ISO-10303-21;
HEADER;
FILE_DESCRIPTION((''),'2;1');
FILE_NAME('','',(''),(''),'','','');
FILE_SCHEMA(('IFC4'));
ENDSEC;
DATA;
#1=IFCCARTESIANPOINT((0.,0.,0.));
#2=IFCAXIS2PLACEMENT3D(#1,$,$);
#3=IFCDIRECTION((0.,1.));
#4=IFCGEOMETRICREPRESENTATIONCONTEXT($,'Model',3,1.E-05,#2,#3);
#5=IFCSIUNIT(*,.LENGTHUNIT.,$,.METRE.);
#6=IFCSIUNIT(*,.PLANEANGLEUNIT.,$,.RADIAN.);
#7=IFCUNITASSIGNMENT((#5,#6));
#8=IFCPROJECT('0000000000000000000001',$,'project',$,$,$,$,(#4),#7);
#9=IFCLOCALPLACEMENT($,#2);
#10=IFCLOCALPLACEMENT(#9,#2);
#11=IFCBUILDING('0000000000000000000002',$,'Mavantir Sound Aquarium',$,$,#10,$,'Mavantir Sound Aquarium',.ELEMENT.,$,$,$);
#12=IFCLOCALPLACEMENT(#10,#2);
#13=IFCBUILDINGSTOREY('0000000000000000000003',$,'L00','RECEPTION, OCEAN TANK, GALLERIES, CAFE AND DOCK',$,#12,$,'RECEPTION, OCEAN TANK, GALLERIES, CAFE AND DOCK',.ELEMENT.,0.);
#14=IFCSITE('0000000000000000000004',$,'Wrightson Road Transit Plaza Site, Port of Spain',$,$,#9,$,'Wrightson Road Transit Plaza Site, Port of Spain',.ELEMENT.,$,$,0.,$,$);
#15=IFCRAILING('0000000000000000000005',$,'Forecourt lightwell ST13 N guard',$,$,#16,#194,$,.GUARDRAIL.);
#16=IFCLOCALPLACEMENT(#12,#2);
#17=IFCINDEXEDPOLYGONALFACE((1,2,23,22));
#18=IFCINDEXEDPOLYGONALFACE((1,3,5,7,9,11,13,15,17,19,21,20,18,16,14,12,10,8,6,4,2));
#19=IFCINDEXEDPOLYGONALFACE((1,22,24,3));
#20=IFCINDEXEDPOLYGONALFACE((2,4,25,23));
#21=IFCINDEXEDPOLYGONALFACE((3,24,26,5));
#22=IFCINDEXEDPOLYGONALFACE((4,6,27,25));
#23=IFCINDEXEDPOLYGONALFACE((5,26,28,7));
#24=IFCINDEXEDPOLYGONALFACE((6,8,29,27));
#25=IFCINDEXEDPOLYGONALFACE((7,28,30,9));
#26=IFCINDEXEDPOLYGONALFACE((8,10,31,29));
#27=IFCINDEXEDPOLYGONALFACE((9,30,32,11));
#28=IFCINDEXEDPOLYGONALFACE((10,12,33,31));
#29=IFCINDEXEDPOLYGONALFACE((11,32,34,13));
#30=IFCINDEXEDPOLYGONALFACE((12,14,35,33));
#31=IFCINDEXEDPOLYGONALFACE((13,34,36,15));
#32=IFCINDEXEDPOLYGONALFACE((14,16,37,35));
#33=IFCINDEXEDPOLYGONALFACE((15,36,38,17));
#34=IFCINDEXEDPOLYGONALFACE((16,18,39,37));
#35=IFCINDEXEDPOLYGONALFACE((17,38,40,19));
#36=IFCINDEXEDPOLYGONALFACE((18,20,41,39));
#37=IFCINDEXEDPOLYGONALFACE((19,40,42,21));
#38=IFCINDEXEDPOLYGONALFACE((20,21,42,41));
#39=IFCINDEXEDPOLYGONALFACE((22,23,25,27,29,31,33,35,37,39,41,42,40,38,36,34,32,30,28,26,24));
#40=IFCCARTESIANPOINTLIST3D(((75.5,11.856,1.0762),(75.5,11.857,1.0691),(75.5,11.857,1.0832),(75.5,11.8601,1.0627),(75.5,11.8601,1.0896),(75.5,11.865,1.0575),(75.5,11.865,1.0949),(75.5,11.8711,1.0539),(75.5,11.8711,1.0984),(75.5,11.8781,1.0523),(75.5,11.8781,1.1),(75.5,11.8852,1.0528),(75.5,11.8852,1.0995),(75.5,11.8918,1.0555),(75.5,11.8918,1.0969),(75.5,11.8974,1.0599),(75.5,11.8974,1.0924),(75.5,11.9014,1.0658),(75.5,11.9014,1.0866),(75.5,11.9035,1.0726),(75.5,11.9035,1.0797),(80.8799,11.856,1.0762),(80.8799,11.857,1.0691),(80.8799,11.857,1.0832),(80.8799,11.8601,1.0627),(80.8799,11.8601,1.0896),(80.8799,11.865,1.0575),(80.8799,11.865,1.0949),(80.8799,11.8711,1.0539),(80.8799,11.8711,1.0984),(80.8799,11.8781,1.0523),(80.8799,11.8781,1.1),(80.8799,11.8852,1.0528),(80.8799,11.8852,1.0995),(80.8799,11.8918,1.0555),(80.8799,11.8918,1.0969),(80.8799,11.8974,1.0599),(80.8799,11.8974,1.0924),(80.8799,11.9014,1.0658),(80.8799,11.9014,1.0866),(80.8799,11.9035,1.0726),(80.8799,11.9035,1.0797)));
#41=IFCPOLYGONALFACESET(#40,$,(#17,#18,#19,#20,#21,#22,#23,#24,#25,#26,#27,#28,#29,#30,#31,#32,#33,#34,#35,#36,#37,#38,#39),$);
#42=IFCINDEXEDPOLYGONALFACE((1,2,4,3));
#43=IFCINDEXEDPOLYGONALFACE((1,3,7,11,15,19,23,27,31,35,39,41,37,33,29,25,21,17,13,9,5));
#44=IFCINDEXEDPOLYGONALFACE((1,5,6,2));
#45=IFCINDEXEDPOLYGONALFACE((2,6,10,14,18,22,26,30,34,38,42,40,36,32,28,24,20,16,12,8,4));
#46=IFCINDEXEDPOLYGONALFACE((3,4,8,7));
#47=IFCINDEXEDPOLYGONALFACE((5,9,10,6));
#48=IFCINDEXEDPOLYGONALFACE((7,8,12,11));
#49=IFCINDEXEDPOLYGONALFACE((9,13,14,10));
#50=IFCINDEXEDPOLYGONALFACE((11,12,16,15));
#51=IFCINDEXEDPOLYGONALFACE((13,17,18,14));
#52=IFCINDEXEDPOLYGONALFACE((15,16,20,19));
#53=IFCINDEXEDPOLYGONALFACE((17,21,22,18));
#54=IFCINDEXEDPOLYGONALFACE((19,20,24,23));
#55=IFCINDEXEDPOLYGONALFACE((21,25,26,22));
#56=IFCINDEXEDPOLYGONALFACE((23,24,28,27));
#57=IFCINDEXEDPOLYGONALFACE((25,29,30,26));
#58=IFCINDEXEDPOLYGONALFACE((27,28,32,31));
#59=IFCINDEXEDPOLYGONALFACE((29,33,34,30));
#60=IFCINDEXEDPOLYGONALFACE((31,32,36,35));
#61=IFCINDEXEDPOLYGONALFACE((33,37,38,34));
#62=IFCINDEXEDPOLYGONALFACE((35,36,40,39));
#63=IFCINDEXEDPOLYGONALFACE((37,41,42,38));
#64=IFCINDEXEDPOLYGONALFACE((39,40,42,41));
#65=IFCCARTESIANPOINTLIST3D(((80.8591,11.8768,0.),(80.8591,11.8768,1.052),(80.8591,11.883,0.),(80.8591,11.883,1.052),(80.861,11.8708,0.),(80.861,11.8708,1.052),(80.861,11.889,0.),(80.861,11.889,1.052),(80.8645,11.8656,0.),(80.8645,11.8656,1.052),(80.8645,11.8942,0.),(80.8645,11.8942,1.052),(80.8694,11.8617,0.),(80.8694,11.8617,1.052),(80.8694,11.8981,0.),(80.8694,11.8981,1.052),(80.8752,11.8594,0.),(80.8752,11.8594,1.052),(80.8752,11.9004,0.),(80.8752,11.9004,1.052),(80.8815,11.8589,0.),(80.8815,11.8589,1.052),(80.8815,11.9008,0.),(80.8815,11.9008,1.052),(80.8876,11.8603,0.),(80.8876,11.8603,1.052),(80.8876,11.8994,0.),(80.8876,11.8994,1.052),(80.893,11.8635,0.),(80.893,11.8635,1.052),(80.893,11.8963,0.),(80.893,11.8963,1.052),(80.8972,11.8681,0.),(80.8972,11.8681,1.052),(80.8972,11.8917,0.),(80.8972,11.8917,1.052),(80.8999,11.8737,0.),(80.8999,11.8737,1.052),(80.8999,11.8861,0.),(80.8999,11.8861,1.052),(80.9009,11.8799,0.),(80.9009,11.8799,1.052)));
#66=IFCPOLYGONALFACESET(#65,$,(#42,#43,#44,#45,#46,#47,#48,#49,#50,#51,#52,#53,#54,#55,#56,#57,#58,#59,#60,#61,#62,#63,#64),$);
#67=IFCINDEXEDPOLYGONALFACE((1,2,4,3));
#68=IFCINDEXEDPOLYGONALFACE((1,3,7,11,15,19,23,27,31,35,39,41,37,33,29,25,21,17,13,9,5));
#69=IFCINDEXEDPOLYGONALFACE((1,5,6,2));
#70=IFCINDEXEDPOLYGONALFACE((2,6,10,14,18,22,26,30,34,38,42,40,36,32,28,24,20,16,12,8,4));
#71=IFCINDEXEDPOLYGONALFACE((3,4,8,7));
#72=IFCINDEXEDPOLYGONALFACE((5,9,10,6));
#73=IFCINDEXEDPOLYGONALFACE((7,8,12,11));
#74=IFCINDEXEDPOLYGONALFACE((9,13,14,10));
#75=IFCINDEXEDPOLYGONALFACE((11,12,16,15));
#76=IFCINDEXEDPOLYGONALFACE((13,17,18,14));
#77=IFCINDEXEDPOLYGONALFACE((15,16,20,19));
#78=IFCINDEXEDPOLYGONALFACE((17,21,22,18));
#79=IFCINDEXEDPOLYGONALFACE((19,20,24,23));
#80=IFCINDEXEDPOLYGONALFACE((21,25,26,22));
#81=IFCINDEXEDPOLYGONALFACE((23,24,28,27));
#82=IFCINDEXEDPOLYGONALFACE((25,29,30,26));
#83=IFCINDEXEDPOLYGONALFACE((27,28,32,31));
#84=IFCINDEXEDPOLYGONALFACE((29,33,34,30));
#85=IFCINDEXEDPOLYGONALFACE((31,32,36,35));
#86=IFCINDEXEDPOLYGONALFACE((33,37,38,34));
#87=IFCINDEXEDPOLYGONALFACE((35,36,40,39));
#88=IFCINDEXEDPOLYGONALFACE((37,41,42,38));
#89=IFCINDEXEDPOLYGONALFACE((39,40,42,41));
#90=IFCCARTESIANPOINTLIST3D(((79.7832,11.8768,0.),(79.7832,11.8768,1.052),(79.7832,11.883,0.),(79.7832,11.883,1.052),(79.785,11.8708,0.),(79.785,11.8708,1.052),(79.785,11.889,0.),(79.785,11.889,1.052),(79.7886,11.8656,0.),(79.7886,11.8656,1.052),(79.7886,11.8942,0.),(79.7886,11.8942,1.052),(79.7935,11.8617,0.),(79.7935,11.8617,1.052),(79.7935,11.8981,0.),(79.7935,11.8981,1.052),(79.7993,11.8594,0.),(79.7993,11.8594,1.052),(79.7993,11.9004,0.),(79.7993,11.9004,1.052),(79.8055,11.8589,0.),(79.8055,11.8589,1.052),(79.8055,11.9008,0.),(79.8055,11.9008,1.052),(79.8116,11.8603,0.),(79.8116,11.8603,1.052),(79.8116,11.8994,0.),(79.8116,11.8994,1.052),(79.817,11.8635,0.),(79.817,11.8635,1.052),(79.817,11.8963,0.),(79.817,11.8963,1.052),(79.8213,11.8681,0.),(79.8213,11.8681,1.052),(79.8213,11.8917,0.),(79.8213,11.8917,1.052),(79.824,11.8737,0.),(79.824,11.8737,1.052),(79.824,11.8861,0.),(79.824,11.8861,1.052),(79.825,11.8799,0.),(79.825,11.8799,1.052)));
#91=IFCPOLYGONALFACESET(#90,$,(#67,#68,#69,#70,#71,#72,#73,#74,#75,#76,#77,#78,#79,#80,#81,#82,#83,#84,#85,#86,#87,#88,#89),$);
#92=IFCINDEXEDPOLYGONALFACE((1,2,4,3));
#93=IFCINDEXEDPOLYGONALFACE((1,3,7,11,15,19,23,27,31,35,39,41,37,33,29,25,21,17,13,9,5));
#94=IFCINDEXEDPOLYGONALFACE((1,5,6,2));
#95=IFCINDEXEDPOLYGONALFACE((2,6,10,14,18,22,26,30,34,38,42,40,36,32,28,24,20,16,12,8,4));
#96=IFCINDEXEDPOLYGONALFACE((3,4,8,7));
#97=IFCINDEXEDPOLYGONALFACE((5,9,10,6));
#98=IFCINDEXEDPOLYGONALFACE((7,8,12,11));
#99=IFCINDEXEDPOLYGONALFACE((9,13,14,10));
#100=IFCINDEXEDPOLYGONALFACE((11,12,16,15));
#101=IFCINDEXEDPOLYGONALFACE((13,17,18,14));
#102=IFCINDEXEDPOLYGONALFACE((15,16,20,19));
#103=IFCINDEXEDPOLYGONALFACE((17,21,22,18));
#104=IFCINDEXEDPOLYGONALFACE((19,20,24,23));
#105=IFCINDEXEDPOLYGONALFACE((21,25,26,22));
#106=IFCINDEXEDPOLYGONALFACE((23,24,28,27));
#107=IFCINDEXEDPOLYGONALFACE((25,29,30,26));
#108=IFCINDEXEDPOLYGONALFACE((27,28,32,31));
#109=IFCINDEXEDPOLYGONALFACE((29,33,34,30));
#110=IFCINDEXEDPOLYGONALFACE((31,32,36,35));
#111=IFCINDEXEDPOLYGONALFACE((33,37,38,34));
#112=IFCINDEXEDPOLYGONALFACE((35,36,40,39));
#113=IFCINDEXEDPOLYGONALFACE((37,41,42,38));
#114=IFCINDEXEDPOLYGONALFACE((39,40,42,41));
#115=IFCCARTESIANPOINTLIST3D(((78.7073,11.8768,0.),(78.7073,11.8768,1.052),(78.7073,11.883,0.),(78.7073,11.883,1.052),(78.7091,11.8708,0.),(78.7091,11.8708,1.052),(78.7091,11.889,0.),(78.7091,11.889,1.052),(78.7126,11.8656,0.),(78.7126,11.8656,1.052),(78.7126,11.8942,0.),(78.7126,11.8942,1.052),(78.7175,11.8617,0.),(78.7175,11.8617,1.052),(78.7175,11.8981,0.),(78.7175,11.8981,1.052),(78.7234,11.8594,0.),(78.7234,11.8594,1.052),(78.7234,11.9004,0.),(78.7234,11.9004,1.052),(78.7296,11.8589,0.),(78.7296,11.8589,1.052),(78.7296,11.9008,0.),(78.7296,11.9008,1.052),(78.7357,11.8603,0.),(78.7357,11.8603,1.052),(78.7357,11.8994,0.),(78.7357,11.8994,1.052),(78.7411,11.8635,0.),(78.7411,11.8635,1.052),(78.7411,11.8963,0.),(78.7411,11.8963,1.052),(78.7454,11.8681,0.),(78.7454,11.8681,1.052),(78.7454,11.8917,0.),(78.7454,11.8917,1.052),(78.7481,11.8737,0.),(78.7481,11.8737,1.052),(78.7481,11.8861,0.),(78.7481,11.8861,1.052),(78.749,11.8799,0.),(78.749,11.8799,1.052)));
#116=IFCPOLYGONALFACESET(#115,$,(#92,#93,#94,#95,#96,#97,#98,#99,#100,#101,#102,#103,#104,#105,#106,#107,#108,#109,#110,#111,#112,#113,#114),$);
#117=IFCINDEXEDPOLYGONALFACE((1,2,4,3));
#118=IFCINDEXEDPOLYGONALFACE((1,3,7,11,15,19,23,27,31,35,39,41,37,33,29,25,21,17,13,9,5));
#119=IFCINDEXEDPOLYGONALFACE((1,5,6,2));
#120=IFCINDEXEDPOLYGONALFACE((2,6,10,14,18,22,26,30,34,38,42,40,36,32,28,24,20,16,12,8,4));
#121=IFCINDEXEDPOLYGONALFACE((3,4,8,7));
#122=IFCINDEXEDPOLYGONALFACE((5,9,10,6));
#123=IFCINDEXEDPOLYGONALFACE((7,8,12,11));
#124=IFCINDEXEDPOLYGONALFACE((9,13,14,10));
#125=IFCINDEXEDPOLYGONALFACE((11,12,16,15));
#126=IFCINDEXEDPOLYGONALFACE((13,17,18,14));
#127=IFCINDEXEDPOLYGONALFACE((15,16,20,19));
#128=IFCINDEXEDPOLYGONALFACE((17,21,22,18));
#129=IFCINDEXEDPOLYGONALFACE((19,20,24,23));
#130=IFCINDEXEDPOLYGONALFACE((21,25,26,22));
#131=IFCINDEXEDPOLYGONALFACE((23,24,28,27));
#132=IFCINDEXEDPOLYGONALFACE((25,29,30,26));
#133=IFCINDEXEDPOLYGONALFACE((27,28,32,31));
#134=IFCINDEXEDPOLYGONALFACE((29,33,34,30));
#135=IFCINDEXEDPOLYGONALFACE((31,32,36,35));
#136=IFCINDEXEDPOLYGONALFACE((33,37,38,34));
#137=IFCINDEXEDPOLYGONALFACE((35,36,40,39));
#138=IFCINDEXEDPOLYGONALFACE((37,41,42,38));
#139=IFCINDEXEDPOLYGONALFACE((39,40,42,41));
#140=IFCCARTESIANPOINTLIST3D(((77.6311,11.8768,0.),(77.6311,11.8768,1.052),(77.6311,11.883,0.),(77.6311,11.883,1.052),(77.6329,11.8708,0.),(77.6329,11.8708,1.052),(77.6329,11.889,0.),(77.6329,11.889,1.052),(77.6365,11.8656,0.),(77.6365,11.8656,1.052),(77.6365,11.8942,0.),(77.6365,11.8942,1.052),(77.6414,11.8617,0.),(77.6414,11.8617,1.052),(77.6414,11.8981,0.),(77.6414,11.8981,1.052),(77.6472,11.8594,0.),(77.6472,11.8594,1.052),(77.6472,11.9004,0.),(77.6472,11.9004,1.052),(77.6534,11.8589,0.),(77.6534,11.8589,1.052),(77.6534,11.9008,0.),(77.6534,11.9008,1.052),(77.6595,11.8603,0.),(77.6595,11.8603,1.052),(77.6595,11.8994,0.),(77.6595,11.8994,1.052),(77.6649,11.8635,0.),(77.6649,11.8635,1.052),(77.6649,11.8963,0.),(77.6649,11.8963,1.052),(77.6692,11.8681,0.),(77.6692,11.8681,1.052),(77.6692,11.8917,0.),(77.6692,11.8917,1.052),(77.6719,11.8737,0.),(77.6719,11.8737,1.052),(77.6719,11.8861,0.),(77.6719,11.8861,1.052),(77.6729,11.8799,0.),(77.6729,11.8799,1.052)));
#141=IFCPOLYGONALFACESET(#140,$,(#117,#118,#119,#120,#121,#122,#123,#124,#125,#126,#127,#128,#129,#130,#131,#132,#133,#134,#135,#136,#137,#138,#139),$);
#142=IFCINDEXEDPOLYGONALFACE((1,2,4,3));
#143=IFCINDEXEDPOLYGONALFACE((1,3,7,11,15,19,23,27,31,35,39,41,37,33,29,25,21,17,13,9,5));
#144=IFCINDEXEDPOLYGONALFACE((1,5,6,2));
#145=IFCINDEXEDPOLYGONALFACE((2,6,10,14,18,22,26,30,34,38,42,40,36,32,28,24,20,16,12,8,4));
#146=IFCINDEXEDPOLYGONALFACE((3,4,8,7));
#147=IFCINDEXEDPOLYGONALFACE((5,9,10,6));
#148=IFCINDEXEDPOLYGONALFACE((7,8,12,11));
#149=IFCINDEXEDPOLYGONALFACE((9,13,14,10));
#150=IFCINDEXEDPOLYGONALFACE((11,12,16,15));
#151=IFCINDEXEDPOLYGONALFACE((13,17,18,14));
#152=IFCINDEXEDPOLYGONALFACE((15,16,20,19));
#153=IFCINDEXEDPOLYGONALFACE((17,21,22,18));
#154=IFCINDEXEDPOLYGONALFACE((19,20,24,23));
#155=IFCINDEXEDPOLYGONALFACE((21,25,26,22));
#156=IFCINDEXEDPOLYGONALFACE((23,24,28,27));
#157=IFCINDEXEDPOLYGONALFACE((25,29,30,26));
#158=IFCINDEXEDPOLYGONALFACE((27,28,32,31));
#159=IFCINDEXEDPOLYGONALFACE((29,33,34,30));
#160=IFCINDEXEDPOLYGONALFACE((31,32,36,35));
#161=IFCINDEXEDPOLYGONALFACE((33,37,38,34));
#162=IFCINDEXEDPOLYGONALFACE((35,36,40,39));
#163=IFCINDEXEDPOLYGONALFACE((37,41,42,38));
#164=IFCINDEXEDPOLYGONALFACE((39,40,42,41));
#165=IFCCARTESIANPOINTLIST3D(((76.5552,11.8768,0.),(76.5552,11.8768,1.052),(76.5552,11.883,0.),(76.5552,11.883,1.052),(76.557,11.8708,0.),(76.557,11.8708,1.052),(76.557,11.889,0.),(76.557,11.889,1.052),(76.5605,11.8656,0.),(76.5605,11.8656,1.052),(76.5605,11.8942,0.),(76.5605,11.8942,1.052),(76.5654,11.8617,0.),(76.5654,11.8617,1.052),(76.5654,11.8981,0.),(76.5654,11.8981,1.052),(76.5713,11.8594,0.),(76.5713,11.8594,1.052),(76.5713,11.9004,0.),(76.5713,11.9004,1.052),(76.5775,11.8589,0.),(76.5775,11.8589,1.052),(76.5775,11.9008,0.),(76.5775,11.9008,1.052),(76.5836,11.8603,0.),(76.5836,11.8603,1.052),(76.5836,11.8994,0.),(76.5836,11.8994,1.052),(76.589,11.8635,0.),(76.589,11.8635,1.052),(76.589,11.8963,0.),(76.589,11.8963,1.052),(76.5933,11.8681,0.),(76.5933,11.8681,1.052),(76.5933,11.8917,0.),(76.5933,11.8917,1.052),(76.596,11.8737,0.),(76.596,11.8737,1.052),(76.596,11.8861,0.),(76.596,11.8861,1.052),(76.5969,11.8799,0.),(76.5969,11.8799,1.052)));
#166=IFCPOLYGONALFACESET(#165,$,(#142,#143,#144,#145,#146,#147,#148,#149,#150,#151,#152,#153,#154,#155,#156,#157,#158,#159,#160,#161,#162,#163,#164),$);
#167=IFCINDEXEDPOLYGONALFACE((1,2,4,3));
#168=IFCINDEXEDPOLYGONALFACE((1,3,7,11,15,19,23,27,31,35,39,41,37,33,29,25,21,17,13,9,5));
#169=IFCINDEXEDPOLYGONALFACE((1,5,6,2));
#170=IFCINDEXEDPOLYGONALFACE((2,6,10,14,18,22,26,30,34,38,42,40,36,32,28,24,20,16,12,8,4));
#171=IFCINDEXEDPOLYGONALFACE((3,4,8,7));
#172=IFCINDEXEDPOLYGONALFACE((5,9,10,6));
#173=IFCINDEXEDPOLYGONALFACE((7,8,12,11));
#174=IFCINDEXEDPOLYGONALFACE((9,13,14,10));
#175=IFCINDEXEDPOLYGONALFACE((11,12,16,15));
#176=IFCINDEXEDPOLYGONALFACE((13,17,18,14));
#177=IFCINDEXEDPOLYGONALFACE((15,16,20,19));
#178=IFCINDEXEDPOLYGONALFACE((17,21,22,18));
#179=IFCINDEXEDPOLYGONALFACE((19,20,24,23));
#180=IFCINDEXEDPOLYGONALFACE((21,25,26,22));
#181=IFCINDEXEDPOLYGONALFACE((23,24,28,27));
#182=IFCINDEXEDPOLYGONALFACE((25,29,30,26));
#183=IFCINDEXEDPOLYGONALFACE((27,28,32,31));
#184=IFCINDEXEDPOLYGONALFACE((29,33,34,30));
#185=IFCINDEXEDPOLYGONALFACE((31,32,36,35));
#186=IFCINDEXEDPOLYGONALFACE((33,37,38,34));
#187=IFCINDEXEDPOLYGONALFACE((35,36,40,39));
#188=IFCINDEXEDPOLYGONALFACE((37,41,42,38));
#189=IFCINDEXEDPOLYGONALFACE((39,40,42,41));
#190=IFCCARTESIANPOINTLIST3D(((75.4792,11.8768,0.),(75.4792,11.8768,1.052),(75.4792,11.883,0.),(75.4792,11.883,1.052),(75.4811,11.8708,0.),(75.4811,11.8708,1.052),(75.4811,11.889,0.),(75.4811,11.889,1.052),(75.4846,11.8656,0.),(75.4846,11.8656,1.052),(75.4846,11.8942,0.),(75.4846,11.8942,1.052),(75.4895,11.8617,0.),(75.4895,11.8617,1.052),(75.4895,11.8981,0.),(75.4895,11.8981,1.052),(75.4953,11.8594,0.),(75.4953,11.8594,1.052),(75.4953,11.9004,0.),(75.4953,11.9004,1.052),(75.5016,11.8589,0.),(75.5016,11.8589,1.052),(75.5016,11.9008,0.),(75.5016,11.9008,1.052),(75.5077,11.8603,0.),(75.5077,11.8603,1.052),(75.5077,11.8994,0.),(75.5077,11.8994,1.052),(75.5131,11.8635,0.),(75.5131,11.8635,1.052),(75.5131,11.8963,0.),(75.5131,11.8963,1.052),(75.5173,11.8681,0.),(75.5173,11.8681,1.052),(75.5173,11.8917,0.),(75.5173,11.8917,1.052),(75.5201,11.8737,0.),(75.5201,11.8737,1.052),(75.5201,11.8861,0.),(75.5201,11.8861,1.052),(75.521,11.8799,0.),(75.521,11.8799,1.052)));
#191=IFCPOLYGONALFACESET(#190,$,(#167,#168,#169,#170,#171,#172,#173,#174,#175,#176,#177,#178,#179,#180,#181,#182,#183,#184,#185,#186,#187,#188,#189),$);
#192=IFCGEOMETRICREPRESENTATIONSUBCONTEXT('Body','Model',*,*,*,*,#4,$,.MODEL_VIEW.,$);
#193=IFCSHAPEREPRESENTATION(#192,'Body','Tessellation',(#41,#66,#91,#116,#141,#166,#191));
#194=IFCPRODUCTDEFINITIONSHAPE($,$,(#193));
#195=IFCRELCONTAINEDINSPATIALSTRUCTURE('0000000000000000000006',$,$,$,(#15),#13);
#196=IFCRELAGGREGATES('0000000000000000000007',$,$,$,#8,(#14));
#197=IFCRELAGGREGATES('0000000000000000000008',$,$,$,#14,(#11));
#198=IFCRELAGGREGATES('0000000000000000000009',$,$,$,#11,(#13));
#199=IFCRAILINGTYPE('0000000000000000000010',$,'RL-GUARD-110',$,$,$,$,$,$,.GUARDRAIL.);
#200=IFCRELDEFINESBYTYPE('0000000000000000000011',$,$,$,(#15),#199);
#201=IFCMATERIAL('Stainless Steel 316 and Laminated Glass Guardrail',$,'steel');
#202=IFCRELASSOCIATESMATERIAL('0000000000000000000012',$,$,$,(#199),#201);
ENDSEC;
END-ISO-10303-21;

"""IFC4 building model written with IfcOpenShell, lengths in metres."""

from ifc_helpers import new_model, si_unit, direction, frame, origin, origin_2d, place, context, subcontext, project, spatial, circle, extrude, material, type_object, element, save


model = new_model("IFC4")

# Units and contexts
model_context = context("Model", 3, precision=1e-05, world=origin(), true_north=direction((0.0, 1.0)))
body_context = subcontext(model_context, "Body", "Model", "MODEL_VIEW")
ifc_project = project(units=[si_unit("LENGTHUNIT", "METRE"), si_unit("PLANEANGLEUNIT", "RADIAN")], contexts=[model_context])

# Site, building, storey
site_placement = place(None, origin())
site = spatial("IfcSite", under=ifc_project, at=site_placement, Name="Wrightson Road Transit Plaza Site, Port of Spain", LongName="Wrightson Road Transit Plaza Site, Port of Spain", CompositionType="ELEMENT", RefElevation=0.0)
building_placement = place(site_placement, origin())
building = spatial("IfcBuilding", under=site, at=building_placement, Name="Mavantir Sound Aquarium", LongName="Mavantir Sound Aquarium", CompositionType="ELEMENT")
storey_placement = place(building_placement, origin())
storey = spatial("IfcBuildingStorey", under=building, at=storey_placement, Name="L00", Description="RECEPTION, OCEAN TANK, GALLERIES, CAFE AND DOCK", LongName="RECEPTION, OCEAN TANK, GALLERIES, CAFE AND DOCK", CompositionType="ELEMENT", Elevation=0.0)

# Railing
ifc_material_1 = material(Name="Stainless Steel 316 and Laminated Glass Guardrail", Category="steel")
railing_type_1 = type_object("IfcRailingType", Name="RL-GUARD-110", PredefinedType="GUARDRAIL", material=ifc_material_1)
railing_1_placement = place(storey_placement, frame((80.8799, 11.8799, 0.0)))
element("IfcRailing", 1, at=railing_1_placement, inside=storey, type_object=railing_type_1, Name="Forecourt lightwell ST13 N guard", PredefinedType="GUARDRAIL", context=body_context, shape_type="SweptSolid", body=[
    extrude(circle(Radius=0.0239, at=origin_2d()), frame((0.0, 0.0, 1.0762), z_axis=(-1.0, 0.0, 0.0), x_axis=(0.0, -1.0, 0.0)), (0.0, 0.0, 1.0), 5.3799),
    extrude(circle(Radius=0.021, at=origin_2d()), origin(), (0.0, 0.0, 1.0), 1.052),
    extrude(circle(Radius=0.021, at=origin_2d()), frame((-1.0759, 0.0, 0.0)), (0.0, 0.0, 1.0), 1.052),
    extrude(circle(Radius=0.021, at=origin_2d()), frame((-2.1519, 0.0, 0.0)), (0.0, 0.0, 1.0), 1.052),
    extrude(circle(Radius=0.021, at=origin_2d()), frame((-3.228, 0.0, 0.0)), (0.0, 0.0, 1.0), 1.052),
    extrude(circle(Radius=0.021, at=origin_2d()), frame((-4.304, 0.0, 0.0)), (0.0, 0.0, 1.0), 1.052),
    extrude(circle(Radius=0.021, at=origin_2d()), frame((-5.3799, 0.0, 0.0)), (0.0, 0.0, 1.0), 1.052),
])

save(model, "model.ifc")
